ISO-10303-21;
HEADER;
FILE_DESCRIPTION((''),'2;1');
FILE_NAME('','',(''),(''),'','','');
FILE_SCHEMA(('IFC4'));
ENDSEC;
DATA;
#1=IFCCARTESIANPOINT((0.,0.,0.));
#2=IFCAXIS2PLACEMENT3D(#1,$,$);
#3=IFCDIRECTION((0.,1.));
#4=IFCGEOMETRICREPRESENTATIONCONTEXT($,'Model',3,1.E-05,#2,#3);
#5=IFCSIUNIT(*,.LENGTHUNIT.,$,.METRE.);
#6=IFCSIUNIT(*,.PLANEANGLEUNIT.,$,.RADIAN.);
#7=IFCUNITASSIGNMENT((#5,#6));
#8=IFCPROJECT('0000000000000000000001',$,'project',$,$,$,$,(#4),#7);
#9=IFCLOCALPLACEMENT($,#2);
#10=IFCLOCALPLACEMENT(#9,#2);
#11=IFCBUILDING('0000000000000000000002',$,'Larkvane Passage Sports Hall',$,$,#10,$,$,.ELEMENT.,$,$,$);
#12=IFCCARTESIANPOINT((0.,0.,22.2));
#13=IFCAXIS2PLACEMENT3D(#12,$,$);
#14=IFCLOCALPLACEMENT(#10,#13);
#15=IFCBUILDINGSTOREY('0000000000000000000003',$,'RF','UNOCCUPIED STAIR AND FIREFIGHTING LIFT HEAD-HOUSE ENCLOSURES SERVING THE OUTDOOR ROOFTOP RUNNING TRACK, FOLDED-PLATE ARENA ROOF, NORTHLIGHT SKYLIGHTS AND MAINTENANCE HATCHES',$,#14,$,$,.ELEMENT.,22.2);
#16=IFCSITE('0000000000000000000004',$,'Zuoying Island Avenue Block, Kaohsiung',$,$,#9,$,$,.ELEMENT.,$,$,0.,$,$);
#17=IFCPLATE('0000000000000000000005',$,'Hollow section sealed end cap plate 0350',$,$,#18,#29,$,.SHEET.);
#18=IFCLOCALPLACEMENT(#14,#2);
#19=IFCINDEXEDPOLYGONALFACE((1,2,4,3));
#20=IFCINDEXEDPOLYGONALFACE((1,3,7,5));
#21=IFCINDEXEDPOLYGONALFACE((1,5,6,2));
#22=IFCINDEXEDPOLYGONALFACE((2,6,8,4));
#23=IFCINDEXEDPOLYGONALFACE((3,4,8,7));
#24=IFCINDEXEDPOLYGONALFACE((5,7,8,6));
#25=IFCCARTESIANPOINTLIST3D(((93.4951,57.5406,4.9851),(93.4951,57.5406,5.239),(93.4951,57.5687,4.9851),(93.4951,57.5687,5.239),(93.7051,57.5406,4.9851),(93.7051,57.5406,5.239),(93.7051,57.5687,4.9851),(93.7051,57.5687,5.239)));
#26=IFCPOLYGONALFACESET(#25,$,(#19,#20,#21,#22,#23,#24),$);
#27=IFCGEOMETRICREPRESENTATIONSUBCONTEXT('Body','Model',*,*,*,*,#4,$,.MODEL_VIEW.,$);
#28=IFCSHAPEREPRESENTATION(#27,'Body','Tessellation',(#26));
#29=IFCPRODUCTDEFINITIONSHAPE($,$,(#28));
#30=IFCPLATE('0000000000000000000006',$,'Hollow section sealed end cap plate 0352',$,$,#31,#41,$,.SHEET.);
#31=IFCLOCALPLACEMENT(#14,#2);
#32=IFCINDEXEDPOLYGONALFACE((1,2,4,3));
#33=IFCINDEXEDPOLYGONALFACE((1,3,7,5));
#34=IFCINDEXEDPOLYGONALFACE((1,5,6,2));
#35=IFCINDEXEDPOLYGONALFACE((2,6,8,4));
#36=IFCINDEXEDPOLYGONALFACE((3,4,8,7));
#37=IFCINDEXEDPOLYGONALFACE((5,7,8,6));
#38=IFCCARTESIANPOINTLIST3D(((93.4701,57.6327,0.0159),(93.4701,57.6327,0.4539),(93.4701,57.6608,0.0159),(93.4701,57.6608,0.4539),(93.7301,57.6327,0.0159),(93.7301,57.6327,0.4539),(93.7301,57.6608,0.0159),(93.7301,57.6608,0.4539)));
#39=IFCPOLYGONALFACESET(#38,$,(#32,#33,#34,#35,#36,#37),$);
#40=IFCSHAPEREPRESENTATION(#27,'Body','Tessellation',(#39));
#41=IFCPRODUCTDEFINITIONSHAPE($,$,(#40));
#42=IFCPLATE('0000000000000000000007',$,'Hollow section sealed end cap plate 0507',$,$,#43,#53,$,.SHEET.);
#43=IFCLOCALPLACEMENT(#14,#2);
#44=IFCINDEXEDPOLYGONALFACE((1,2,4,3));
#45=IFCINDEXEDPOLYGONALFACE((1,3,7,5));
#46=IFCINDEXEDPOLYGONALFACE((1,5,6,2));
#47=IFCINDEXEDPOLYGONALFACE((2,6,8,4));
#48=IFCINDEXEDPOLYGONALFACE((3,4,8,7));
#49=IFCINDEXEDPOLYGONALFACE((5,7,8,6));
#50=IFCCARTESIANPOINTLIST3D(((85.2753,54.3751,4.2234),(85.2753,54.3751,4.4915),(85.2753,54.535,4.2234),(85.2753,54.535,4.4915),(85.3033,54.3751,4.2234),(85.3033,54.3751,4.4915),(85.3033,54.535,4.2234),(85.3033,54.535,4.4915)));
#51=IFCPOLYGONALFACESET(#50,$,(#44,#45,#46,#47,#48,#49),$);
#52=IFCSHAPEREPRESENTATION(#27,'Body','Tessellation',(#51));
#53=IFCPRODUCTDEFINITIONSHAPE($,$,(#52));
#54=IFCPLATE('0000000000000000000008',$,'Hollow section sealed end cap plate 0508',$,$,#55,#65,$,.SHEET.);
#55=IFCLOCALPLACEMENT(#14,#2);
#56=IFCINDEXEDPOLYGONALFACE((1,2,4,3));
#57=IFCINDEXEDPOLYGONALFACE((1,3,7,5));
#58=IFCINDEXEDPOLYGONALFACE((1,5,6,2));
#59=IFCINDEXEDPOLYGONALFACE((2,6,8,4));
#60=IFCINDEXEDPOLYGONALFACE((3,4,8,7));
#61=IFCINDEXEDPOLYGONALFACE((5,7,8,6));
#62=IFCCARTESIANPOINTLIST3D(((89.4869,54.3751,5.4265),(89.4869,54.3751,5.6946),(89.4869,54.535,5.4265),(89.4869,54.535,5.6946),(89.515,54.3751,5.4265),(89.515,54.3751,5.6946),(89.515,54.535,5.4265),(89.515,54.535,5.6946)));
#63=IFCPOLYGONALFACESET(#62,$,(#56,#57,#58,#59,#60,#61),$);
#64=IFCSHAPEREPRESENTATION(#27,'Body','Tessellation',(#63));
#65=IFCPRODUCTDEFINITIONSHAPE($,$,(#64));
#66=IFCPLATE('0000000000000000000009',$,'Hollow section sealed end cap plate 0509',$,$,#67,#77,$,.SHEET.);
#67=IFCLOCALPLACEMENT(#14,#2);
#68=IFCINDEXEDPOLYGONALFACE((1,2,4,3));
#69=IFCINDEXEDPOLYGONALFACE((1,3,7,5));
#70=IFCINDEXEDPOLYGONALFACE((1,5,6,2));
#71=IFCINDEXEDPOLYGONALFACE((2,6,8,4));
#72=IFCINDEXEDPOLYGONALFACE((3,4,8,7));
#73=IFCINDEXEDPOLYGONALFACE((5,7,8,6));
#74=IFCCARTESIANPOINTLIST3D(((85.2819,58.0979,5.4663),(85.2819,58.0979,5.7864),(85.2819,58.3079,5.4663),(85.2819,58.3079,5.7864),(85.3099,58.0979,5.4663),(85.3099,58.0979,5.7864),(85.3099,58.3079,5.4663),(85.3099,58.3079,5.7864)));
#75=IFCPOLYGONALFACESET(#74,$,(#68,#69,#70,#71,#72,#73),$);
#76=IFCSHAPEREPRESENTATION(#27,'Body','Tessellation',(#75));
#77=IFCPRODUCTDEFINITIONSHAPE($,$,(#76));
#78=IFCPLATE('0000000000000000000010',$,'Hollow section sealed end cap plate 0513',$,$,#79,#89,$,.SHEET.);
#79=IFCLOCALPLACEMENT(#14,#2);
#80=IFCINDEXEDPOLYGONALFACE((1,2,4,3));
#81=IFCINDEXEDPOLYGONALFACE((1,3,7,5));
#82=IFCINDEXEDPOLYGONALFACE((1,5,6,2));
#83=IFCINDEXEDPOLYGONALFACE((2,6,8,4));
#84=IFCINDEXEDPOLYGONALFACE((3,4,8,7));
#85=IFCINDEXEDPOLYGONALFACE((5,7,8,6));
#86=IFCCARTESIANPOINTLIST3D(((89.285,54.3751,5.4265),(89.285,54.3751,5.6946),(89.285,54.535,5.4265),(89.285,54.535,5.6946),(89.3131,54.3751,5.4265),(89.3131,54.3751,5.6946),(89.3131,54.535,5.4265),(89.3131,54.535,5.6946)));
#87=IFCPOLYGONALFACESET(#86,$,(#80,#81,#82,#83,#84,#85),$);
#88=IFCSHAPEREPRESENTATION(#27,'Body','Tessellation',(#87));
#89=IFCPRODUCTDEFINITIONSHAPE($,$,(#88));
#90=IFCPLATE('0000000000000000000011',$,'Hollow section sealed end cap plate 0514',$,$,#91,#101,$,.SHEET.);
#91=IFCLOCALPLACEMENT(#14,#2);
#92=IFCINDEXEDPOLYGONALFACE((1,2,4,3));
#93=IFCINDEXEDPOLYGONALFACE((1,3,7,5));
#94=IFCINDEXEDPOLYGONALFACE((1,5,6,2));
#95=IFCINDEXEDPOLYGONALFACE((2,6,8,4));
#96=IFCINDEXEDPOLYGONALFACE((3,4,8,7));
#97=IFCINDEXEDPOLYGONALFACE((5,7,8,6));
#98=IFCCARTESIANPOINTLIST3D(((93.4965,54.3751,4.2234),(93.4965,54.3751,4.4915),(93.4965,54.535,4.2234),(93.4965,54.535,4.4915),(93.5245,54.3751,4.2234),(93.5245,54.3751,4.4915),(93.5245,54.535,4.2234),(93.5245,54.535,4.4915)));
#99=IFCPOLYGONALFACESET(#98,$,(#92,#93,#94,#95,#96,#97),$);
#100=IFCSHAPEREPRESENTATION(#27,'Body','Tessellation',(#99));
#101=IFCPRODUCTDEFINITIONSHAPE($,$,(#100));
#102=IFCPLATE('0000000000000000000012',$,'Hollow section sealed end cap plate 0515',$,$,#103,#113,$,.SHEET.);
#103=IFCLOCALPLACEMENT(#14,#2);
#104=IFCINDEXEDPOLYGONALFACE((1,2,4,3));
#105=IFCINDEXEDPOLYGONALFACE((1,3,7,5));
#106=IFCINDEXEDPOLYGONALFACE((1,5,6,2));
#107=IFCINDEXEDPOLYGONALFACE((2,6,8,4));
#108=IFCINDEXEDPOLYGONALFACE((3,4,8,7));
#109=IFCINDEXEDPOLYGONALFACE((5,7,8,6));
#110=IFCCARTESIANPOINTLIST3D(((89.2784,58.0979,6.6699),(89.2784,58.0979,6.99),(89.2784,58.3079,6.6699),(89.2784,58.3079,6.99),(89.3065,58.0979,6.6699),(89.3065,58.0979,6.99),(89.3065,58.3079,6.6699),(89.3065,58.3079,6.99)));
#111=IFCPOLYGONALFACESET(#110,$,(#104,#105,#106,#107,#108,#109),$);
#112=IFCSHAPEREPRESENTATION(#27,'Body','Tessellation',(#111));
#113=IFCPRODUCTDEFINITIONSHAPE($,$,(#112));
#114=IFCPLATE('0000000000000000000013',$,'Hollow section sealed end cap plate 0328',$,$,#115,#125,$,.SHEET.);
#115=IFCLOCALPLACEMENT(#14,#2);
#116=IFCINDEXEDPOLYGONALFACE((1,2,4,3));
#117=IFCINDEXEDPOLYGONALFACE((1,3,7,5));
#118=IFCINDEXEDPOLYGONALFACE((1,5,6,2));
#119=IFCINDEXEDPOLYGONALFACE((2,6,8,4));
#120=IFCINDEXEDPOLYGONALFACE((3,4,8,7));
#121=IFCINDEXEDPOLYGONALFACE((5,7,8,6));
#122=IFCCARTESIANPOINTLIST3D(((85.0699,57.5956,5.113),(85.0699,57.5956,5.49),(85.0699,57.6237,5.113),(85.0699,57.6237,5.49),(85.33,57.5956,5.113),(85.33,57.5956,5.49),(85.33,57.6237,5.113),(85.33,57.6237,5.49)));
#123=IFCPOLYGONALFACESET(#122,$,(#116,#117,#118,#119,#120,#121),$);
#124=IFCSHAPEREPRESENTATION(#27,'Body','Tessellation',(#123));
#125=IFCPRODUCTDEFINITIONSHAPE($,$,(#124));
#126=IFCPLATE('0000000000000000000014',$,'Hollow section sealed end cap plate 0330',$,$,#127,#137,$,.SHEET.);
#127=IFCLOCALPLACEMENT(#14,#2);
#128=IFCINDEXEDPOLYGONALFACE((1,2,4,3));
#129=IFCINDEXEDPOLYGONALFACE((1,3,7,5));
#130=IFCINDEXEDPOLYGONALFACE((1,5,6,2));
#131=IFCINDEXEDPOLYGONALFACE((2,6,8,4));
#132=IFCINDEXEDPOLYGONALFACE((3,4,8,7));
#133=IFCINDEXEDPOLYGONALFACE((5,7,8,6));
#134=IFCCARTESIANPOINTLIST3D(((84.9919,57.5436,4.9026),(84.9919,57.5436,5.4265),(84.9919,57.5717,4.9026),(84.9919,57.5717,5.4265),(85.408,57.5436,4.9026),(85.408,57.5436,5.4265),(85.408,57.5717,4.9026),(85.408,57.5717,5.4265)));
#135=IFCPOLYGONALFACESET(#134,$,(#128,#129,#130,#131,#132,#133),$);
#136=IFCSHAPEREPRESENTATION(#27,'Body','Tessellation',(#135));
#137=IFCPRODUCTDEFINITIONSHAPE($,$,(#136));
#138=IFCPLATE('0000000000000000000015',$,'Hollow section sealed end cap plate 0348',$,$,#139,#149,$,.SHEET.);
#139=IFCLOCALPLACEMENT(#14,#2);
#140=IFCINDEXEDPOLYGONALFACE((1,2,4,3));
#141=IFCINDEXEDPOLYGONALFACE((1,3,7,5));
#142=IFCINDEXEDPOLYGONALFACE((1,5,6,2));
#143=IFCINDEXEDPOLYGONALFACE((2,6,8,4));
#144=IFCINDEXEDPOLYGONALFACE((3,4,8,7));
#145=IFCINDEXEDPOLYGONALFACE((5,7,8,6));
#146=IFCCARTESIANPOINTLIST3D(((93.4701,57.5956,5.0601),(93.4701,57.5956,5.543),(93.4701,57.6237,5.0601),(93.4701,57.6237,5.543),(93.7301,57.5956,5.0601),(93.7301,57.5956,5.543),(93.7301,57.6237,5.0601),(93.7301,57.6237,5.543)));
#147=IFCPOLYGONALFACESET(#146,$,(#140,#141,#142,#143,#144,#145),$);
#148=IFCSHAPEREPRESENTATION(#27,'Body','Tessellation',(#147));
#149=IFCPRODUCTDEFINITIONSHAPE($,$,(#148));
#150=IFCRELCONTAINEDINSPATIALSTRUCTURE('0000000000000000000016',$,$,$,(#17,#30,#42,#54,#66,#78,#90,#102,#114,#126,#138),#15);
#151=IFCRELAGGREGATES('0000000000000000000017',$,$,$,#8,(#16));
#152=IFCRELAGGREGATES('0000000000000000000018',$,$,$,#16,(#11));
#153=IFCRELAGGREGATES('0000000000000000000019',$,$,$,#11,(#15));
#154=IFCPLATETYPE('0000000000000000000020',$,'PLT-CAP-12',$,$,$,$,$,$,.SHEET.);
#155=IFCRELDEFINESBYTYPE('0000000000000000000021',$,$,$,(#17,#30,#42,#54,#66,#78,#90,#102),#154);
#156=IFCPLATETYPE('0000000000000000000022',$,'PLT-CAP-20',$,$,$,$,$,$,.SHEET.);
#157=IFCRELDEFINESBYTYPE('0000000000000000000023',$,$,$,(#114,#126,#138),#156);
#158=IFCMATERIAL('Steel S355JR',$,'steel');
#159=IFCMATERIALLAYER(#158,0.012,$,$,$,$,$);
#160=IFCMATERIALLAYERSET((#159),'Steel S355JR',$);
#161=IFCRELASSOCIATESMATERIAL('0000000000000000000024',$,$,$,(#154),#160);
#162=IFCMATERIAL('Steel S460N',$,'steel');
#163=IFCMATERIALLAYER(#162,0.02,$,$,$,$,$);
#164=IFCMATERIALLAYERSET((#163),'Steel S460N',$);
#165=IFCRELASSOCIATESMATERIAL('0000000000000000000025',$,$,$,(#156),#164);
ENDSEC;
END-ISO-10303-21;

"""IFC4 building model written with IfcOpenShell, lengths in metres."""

from ifc_helpers import new_model, si_unit, direction, frame, origin, origin_2d, place, context, subcontext, project, spatial, rectangle, extrude, material, layer, layer_set, type_object, element, save


model = new_model("IFC4")

# Units and contexts
model_context = context("Model", 3, precision=1e-05, world=origin(), true_north=direction((0.0, 1.0)))
body_context = subcontext(model_context, "Body", "Model", "MODEL_VIEW")
ifc_project = project(units=[si_unit("LENGTHUNIT", "METRE"), si_unit("PLANEANGLEUNIT", "RADIAN")], contexts=[model_context])

# Site, building, storey
site_placement = place(None, origin())
site = spatial("IfcSite", under=ifc_project, at=site_placement, Name="Zuoying Island Avenue Block, Kaohsiung", CompositionType="ELEMENT", RefElevation=0.0)
building_placement = place(site_placement, origin())
building = spatial("IfcBuilding", under=site, at=building_placement, Name="Larkvane Passage Sports Hall", CompositionType="ELEMENT")
storey_placement = place(building_placement, frame((0.0, 0.0, 22.2)))
storey = spatial("IfcBuildingStorey", under=building, at=storey_placement, Name="RF", Description="UNOCCUPIED STAIR AND FIREFIGHTING LIFT HEAD-HOUSE ENCLOSURES SERVING THE OUTDOOR ROOFTOP RUNNING TRACK, FOLDED-PLATE ARENA ROOF, NORTHLIGHT SKYLIGHTS AND MAINTENANCE HATCHES", CompositionType="ELEMENT", Elevation=22.2)

# Shared definitions
ifc_material_1 = material(Name="Steel S460N", Category="steel")
ifc_material_2 = material(Name="Steel S355JR", Category="steel")

# Plates
ifc_layer_1 = layer(ifc_material_2, 0.012)
ifc_layer_set_1 = layer_set([ifc_layer_1], Name="Steel S355JR")
plate_type_1 = type_object("IfcPlateType", Name="PLT-CAP-12", PredefinedType="SHEET", material=ifc_layer_set_1)
plate_1_placement = place(storey_placement, frame((93.6001, 57.5547, 4.9851), z_axis=(0.0, 0.0, 1.0), x_axis=(-1.0, 0.0, 0.0)))
element("IfcPlate", 1, at=plate_1_placement, inside=storey, type_object=plate_type_1, Name="Hollow section sealed end cap plate 0350", PredefinedType="SHEET", context=body_context, shape_type="SweptSolid", body=[
    extrude(rectangle(XDim=0.21, YDim=0.0281, at=origin_2d()), origin(), (0.0, 0.0, 1.0), 0.2539),
])
plate_2_placement = place(storey_placement, frame((93.6001, 57.6467, 0.0159), z_axis=(0.0, 0.0, 1.0), x_axis=(-1.0, 0.0, 0.0)))
element("IfcPlate", 2, at=plate_2_placement, inside=storey, type_object=plate_type_1, Name="Hollow section sealed end cap plate 0352", PredefinedType="SHEET", context=body_context, shape_type="SweptSolid", body=[
    extrude(rectangle(XDim=0.26, YDim=0.0281, at=origin_2d()), origin(), (0.0, 0.0, 1.0), 0.438),
])
for number, where, z_axis, x_axis, name in (
    (3, (85.2893, 54.4551, 4.2234), (0.0, 0.0, 1.0), (0.0, 1.0, 0.0), "Hollow section sealed end cap plate 0507"),
    (4, (89.501, 54.4551, 5.4265), (0.0, 0.0, 1.0), (0.0, 1.0, 0.0), "Hollow section sealed end cap plate 0508"),
):
    element("IfcPlate", number, at=place(storey_placement, frame(where, z_axis=z_axis, x_axis=x_axis)), inside=storey, type_object=plate_type_1, Name=name, PredefinedType="SHEET", context=body_context, shape_type="SweptSolid", body=[
        extrude(rectangle(XDim=0.1599, YDim=0.0281, at=origin_2d()), origin(), (0.0, 0.0, 1.0), 0.2681),
    ])
plate_3_placement = place(storey_placement, frame((85.2959, 58.2029, 5.4663), z_axis=(0.0, 0.0, 1.0), x_axis=(0.0, 1.0, 0.0)))
element("IfcPlate", 5, at=plate_3_placement, inside=storey, type_object=plate_type_1, Name="Hollow section sealed end cap plate 0509", PredefinedType="SHEET", context=body_context, shape_type="SweptSolid", body=[
    extrude(rectangle(XDim=0.21, YDim=0.0281, at=origin_2d()), origin(), (0.0, 0.0, 1.0), 0.3201),
])
for number, where, z_axis, x_axis, name in (
    (6, (89.2991, 54.4551, 5.4265), (0.0, 0.0, 1.0), (0.0, 1.0, 0.0), "Hollow section sealed end cap plate 0513"),
    (7, (93.5105, 54.4551, 4.2234), (0.0, 0.0, 1.0), (0.0, 1.0, 0.0), "Hollow section sealed end cap plate 0514"),
):
    element("IfcPlate", number, at=place(storey_placement, frame(where, z_axis=z_axis, x_axis=x_axis)), inside=storey, type_object=plate_type_1, Name=name, PredefinedType="SHEET", context=body_context, shape_type="SweptSolid", body=[
        extrude(rectangle(XDim=0.1599, YDim=0.0281, at=origin_2d()), origin(), (0.0, 0.0, 1.0), 0.2681),
    ])
plate_4_placement = place(storey_placement, frame((89.2925, 58.2029, 6.6699), z_axis=(0.0, 0.0, 1.0), x_axis=(0.0, 1.0, 0.0)))
element("IfcPlate", 8, at=plate_4_placement, inside=storey, type_object=plate_type_1, Name="Hollow section sealed end cap plate 0515", PredefinedType="SHEET", context=body_context, shape_type="SweptSolid", body=[
    extrude(rectangle(XDim=0.21, YDim=0.0281, at=origin_2d()), origin(), (0.0, 0.0, 1.0), 0.3201),
])
ifc_layer_2 = layer(ifc_material_1, 0.02)
ifc_layer_set_2 = layer_set([ifc_layer_2], Name="Steel S460N")
plate_type_2 = type_object("IfcPlateType", Name="PLT-CAP-20", PredefinedType="SHEET", material=ifc_layer_set_2)
plate_5_placement = place(storey_placement, frame((85.2, 57.6096, 5.113), z_axis=(0.0, 0.0, 1.0), x_axis=(-1.0, 0.0, 0.0)))
element("IfcPlate", 9, at=plate_5_placement, inside=storey, type_object=plate_type_2, Name="Hollow section sealed end cap plate 0328", PredefinedType="SHEET", context=body_context, shape_type="SweptSolid", body=[
    extrude(rectangle(XDim=0.26, YDim=0.0281, at=origin_2d()), origin(), (0.0, 0.0, 1.0), 0.377),
])
plate_6_placement = place(storey_placement, frame((85.2, 57.5576, 4.9026), z_axis=(0.0, 0.0, 1.0), x_axis=(-1.0, 0.0, 0.0)))
element("IfcPlate", 10, at=plate_6_placement, inside=storey, type_object=plate_type_2, Name="Hollow section sealed end cap plate 0330", PredefinedType="SHEET", context=body_context, shape_type="SweptSolid", body=[
    extrude(rectangle(XDim=0.416, YDim=0.0281, at=origin_2d()), origin(), (0.0, 0.0, 1.0), 0.5239),
])
plate_7_placement = place(storey_placement, frame((93.6001, 57.6096, 5.0601), z_axis=(0.0, 0.0, 1.0), x_axis=(-1.0, 0.0, 0.0)))
element("IfcPlate", 11, at=plate_7_placement, inside=storey, type_object=plate_type_2, Name="Hollow section sealed end cap plate 0348", PredefinedType="SHEET", context=body_context, shape_type="SweptSolid", body=[
    extrude(rectangle(XDim=0.26, YDim=0.0281, at=origin_2d()), origin(), (0.0, 0.0, 1.0), 0.4829),
])

save(model, "model.ifc")
